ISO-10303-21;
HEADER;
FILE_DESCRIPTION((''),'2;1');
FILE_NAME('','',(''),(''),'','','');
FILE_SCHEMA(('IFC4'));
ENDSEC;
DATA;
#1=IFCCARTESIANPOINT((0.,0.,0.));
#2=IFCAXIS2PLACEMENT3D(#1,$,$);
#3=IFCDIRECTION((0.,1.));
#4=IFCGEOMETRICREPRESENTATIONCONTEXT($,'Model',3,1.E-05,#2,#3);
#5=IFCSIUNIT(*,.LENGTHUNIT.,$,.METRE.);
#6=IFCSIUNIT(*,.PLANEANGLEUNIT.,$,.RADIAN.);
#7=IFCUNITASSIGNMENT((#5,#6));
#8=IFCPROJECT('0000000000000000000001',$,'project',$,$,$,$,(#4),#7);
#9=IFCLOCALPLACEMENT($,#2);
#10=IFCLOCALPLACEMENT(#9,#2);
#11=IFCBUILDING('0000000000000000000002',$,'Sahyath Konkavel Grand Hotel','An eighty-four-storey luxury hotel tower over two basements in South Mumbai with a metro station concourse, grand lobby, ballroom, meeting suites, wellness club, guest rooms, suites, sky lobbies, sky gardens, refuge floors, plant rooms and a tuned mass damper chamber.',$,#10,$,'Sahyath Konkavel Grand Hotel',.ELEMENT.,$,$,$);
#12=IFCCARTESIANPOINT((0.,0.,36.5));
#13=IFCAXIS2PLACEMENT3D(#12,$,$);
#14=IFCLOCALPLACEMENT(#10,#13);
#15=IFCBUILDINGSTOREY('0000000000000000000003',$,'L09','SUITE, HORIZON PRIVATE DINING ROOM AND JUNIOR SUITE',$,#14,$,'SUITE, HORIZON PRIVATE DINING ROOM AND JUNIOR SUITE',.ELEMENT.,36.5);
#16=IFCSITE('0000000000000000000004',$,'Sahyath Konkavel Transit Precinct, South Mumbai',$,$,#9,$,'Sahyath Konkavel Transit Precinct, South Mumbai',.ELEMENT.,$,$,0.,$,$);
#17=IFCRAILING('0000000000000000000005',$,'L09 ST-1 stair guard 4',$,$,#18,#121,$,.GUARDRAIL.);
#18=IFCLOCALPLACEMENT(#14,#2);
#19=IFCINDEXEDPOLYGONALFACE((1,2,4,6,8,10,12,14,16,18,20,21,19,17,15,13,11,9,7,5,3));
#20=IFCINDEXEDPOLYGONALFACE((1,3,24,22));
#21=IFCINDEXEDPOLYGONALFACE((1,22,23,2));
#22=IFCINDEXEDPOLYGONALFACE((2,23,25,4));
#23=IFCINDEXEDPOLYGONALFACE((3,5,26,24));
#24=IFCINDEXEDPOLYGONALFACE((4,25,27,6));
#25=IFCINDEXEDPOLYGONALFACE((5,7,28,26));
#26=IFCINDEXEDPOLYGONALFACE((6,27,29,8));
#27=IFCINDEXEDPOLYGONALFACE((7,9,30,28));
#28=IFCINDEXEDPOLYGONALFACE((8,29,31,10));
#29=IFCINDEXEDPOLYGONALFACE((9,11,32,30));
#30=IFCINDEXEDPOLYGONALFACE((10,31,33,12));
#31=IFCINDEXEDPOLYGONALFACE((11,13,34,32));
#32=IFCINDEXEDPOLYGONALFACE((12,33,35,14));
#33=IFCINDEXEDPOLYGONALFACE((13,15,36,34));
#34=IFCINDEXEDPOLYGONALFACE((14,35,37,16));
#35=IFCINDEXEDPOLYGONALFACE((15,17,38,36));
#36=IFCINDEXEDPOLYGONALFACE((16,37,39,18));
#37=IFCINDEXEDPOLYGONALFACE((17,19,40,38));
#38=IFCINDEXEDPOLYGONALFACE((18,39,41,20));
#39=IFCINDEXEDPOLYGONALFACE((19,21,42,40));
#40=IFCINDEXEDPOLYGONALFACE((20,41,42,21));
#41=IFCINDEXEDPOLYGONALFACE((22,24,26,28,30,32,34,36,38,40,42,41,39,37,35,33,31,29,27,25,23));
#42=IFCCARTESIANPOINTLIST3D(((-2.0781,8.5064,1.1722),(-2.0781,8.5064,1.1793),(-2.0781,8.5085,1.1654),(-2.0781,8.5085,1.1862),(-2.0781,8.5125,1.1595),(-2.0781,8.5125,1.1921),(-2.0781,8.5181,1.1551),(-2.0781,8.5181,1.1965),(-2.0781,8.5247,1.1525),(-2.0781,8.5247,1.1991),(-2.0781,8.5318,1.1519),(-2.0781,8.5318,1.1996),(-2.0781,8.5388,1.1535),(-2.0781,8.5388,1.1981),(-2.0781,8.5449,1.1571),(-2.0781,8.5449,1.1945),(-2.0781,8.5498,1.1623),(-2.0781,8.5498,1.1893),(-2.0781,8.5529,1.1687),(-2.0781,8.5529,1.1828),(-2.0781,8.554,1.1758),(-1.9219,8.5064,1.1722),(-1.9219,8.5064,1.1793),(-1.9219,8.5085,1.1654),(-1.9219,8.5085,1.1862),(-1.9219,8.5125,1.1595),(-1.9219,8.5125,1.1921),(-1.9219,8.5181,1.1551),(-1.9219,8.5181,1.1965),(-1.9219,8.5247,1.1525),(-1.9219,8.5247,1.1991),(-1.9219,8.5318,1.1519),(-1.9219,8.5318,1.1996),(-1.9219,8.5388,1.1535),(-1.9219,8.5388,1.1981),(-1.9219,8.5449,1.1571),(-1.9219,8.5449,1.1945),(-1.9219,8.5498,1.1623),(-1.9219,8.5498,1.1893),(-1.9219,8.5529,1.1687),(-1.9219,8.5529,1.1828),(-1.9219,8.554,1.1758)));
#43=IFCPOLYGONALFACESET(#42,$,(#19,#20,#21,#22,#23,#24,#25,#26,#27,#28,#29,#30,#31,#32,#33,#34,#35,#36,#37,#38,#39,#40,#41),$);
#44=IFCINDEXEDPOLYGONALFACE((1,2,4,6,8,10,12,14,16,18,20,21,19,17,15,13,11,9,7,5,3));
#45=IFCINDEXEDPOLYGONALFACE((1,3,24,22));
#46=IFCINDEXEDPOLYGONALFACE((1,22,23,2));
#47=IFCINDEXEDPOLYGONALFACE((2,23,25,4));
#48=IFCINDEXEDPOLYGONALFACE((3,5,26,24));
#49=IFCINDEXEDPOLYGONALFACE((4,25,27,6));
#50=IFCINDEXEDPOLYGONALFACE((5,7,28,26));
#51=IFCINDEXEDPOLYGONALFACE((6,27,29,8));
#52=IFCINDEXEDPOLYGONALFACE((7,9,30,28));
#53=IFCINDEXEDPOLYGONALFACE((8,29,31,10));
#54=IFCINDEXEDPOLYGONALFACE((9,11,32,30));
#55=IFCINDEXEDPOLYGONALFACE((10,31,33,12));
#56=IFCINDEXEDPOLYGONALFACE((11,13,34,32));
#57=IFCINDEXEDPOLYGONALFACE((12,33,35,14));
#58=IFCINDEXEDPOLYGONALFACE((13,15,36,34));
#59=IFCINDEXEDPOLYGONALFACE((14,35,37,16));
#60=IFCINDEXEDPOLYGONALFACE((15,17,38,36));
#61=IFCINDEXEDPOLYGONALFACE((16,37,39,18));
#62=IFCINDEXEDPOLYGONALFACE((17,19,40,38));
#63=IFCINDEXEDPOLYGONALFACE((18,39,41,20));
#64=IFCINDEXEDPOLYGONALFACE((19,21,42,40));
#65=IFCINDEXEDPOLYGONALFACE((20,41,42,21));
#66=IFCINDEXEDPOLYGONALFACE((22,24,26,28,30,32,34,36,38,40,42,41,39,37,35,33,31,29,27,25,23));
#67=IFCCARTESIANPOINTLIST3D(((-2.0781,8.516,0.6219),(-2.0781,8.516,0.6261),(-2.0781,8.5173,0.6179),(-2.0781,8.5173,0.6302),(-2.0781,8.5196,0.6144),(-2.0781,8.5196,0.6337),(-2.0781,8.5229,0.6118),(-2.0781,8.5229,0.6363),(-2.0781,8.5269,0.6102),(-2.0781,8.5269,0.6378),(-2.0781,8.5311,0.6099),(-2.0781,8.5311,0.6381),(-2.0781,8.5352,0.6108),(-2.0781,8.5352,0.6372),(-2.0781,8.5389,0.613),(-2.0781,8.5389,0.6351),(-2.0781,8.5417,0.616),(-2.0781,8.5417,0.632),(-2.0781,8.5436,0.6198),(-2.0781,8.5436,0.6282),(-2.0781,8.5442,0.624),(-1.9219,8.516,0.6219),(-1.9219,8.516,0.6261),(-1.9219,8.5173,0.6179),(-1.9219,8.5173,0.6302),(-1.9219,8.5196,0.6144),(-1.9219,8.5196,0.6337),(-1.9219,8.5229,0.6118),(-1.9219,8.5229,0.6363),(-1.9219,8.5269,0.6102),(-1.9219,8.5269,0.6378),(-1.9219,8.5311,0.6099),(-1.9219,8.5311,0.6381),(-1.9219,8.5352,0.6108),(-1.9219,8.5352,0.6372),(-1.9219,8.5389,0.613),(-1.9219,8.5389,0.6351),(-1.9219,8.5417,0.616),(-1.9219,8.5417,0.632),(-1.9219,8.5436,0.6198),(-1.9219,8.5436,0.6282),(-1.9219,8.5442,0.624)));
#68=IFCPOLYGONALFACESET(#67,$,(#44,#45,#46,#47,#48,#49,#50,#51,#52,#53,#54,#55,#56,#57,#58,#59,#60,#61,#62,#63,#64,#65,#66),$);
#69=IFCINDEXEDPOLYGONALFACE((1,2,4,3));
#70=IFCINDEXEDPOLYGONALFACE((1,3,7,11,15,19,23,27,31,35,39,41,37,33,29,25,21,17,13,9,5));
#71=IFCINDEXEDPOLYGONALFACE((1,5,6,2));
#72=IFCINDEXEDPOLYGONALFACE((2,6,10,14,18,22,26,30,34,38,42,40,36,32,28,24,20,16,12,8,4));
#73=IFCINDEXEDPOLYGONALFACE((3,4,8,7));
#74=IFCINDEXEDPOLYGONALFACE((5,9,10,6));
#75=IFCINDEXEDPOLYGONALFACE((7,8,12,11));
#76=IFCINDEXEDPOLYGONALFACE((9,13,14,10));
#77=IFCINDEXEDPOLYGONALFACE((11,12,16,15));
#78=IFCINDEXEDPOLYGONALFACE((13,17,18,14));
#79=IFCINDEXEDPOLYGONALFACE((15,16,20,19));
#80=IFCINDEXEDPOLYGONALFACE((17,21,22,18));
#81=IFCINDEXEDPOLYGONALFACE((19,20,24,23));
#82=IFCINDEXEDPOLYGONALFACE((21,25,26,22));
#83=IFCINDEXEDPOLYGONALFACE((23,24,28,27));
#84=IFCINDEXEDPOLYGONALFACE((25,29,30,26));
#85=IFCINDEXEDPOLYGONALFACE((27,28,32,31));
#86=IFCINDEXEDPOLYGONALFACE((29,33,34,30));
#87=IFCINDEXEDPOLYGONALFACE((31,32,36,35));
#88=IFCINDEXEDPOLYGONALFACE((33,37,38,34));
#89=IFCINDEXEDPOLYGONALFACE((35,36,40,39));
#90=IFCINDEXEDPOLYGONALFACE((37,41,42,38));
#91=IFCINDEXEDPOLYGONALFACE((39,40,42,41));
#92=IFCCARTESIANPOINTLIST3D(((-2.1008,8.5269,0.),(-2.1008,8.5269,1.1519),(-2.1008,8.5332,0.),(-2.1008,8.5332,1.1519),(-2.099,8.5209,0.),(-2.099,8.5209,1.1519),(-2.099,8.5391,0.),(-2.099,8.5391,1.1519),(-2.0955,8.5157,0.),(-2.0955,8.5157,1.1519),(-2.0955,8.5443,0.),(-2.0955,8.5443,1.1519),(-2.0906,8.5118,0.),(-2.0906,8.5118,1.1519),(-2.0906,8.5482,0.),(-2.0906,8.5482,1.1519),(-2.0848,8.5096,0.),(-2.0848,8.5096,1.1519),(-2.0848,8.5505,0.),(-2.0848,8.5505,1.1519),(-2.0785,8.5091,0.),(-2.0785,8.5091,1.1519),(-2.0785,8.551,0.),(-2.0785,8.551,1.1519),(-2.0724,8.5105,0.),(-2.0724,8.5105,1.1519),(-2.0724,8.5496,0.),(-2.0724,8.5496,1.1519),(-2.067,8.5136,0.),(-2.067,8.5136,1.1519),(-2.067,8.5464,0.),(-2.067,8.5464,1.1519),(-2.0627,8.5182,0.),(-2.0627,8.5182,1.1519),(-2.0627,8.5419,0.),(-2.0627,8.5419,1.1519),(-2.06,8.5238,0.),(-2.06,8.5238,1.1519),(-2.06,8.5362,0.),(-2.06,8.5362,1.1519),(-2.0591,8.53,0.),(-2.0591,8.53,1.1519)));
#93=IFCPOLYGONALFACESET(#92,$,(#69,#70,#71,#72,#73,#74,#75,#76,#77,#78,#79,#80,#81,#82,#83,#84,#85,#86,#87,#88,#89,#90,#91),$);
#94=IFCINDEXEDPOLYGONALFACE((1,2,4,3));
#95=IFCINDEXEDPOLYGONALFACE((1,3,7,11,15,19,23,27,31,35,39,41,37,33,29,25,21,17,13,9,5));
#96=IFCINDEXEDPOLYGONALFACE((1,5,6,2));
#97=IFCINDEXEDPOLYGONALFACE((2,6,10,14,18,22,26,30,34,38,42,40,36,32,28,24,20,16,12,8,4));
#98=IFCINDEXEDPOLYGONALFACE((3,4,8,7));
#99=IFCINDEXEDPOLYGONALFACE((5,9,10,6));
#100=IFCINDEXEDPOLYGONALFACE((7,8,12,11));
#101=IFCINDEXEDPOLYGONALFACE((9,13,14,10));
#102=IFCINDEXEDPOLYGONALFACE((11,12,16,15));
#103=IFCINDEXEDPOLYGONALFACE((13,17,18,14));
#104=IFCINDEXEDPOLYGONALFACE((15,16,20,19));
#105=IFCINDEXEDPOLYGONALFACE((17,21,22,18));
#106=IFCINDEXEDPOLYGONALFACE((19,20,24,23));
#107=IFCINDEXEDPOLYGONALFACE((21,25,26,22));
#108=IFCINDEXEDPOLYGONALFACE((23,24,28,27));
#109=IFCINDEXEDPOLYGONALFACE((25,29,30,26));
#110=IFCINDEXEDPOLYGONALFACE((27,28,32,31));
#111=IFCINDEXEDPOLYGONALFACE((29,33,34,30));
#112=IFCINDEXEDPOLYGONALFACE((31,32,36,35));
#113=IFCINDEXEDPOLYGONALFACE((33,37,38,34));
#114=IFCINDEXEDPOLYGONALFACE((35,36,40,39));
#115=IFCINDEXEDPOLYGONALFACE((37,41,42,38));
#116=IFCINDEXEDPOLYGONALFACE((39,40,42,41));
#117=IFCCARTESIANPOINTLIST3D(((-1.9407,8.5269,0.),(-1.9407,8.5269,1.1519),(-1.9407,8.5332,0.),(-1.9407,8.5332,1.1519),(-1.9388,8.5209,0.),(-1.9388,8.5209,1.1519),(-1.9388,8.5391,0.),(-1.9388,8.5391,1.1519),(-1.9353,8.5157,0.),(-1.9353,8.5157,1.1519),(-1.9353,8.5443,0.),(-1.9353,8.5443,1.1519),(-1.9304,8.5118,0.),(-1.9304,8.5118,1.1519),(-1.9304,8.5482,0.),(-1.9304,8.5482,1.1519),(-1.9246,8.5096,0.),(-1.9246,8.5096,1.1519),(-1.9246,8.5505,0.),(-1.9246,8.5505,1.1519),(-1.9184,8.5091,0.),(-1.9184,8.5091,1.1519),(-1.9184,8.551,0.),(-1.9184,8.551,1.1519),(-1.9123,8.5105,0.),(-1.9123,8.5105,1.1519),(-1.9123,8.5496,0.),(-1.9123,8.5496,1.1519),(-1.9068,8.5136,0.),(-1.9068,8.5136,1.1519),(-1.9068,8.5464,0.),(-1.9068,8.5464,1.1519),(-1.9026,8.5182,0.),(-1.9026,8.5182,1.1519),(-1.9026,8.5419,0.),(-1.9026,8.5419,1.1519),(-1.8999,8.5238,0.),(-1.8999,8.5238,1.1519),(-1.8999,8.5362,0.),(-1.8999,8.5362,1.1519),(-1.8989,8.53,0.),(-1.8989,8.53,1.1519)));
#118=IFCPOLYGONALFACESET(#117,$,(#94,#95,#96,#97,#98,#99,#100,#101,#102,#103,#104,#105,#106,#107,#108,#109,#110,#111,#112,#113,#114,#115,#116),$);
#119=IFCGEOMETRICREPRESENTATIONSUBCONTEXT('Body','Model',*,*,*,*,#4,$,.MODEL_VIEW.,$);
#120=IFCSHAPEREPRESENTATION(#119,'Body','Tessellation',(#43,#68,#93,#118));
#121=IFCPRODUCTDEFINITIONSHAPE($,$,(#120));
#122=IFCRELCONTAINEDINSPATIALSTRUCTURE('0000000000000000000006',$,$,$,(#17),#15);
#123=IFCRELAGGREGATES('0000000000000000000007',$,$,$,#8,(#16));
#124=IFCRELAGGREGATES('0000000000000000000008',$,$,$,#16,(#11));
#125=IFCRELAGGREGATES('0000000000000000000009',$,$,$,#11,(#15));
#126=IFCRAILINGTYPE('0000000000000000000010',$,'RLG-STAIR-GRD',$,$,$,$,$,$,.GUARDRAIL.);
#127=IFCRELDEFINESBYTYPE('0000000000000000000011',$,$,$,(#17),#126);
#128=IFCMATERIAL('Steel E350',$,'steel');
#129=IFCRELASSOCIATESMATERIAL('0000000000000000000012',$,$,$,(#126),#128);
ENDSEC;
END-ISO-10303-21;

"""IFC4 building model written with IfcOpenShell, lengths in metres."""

from ifc_helpers import new_model, si_unit, direction, frame, origin, origin_2d, place, context, subcontext, project, spatial, circle, extrude, material, type_object, element, save


model = new_model("IFC4")

# Units and contexts
model_context = context("Model", 3, precision=1e-05, world=origin(), true_north=direction((0.0, 1.0)))
body_context = subcontext(model_context, "Body", "Model", "MODEL_VIEW")
ifc_project = project(units=[si_unit("LENGTHUNIT", "METRE"), si_unit("PLANEANGLEUNIT", "RADIAN")], contexts=[model_context])

# Site, building, storey
site_placement = place(None, origin())
site = spatial("IfcSite", under=ifc_project, at=site_placement, Name="Sahyath Konkavel Transit Precinct, South Mumbai", LongName="Sahyath Konkavel Transit Precinct, South Mumbai", CompositionType="ELEMENT", RefElevation=0.0)
building_placement = place(site_placement, origin())
building = spatial("IfcBuilding", under=site, at=building_placement, Name="Sahyath Konkavel Grand Hotel", Description="An eighty-four-storey luxury hotel tower over two basements in South Mumbai with a metro station concourse, grand lobby, ballroom, meeting suites, wellness club, guest rooms, suites, sky lobbies, sky gardens, refuge floors, plant rooms and a tuned mass damper chamber.", LongName="Sahyath Konkavel Grand Hotel", CompositionType="ELEMENT")
storey_placement = place(building_placement, frame((0.0, 0.0, 36.5)))
storey = spatial("IfcBuildingStorey", under=building, at=storey_placement, Name="L09", Description="SUITE, HORIZON PRIVATE DINING ROOM AND JUNIOR SUITE", LongName="SUITE, HORIZON PRIVATE DINING ROOM AND JUNIOR SUITE", CompositionType="ELEMENT", Elevation=36.5)

# Shared definitions
ifc_material_1 = material(Name="Steel E350", Category="steel")

# Railing
railing_type_1 = type_object("IfcRailingType", Name="RLG-STAIR-GRD", PredefinedType="GUARDRAIL", material=ifc_material_1)
railing_1_placement = place(storey_placement, frame((-2.0801, 8.53, 0.0)))
element("IfcRailing", 1, at=railing_1_placement, inside=storey, type_object=railing_type_1, Name="L09 ST-1 stair guard 4", PredefinedType="GUARDRAIL", context=body_context, shape_type="SweptSolid", body=[
    extrude(circle(Radius=0.0239, at=origin_2d()), frame((0.002, 0.0, 1.1758), z_axis=(1.0, 0.0, 0.0), x_axis=(0.0, 1.0, 0.0)), (0.0, 0.0, 1.0), 0.1562),
    extrude(circle(Radius=0.0142, at=origin_2d()), frame((0.002, 0.0, 0.624), z_axis=(1.0, 0.0, 0.0), x_axis=(0.0, 1.0, 0.0)), (0.0, 0.0, 1.0), 0.1562),
    extrude(circle(Radius=0.021, at=origin_2d()), origin(), (0.0, 0.0, 1.0), 1.1519),
    extrude(circle(Radius=0.021, at=origin_2d()), frame((0.1602, 0.0, 0.0)), (0.0, 0.0, 1.0), 1.1519),
])

save(model, "model.ifc")
